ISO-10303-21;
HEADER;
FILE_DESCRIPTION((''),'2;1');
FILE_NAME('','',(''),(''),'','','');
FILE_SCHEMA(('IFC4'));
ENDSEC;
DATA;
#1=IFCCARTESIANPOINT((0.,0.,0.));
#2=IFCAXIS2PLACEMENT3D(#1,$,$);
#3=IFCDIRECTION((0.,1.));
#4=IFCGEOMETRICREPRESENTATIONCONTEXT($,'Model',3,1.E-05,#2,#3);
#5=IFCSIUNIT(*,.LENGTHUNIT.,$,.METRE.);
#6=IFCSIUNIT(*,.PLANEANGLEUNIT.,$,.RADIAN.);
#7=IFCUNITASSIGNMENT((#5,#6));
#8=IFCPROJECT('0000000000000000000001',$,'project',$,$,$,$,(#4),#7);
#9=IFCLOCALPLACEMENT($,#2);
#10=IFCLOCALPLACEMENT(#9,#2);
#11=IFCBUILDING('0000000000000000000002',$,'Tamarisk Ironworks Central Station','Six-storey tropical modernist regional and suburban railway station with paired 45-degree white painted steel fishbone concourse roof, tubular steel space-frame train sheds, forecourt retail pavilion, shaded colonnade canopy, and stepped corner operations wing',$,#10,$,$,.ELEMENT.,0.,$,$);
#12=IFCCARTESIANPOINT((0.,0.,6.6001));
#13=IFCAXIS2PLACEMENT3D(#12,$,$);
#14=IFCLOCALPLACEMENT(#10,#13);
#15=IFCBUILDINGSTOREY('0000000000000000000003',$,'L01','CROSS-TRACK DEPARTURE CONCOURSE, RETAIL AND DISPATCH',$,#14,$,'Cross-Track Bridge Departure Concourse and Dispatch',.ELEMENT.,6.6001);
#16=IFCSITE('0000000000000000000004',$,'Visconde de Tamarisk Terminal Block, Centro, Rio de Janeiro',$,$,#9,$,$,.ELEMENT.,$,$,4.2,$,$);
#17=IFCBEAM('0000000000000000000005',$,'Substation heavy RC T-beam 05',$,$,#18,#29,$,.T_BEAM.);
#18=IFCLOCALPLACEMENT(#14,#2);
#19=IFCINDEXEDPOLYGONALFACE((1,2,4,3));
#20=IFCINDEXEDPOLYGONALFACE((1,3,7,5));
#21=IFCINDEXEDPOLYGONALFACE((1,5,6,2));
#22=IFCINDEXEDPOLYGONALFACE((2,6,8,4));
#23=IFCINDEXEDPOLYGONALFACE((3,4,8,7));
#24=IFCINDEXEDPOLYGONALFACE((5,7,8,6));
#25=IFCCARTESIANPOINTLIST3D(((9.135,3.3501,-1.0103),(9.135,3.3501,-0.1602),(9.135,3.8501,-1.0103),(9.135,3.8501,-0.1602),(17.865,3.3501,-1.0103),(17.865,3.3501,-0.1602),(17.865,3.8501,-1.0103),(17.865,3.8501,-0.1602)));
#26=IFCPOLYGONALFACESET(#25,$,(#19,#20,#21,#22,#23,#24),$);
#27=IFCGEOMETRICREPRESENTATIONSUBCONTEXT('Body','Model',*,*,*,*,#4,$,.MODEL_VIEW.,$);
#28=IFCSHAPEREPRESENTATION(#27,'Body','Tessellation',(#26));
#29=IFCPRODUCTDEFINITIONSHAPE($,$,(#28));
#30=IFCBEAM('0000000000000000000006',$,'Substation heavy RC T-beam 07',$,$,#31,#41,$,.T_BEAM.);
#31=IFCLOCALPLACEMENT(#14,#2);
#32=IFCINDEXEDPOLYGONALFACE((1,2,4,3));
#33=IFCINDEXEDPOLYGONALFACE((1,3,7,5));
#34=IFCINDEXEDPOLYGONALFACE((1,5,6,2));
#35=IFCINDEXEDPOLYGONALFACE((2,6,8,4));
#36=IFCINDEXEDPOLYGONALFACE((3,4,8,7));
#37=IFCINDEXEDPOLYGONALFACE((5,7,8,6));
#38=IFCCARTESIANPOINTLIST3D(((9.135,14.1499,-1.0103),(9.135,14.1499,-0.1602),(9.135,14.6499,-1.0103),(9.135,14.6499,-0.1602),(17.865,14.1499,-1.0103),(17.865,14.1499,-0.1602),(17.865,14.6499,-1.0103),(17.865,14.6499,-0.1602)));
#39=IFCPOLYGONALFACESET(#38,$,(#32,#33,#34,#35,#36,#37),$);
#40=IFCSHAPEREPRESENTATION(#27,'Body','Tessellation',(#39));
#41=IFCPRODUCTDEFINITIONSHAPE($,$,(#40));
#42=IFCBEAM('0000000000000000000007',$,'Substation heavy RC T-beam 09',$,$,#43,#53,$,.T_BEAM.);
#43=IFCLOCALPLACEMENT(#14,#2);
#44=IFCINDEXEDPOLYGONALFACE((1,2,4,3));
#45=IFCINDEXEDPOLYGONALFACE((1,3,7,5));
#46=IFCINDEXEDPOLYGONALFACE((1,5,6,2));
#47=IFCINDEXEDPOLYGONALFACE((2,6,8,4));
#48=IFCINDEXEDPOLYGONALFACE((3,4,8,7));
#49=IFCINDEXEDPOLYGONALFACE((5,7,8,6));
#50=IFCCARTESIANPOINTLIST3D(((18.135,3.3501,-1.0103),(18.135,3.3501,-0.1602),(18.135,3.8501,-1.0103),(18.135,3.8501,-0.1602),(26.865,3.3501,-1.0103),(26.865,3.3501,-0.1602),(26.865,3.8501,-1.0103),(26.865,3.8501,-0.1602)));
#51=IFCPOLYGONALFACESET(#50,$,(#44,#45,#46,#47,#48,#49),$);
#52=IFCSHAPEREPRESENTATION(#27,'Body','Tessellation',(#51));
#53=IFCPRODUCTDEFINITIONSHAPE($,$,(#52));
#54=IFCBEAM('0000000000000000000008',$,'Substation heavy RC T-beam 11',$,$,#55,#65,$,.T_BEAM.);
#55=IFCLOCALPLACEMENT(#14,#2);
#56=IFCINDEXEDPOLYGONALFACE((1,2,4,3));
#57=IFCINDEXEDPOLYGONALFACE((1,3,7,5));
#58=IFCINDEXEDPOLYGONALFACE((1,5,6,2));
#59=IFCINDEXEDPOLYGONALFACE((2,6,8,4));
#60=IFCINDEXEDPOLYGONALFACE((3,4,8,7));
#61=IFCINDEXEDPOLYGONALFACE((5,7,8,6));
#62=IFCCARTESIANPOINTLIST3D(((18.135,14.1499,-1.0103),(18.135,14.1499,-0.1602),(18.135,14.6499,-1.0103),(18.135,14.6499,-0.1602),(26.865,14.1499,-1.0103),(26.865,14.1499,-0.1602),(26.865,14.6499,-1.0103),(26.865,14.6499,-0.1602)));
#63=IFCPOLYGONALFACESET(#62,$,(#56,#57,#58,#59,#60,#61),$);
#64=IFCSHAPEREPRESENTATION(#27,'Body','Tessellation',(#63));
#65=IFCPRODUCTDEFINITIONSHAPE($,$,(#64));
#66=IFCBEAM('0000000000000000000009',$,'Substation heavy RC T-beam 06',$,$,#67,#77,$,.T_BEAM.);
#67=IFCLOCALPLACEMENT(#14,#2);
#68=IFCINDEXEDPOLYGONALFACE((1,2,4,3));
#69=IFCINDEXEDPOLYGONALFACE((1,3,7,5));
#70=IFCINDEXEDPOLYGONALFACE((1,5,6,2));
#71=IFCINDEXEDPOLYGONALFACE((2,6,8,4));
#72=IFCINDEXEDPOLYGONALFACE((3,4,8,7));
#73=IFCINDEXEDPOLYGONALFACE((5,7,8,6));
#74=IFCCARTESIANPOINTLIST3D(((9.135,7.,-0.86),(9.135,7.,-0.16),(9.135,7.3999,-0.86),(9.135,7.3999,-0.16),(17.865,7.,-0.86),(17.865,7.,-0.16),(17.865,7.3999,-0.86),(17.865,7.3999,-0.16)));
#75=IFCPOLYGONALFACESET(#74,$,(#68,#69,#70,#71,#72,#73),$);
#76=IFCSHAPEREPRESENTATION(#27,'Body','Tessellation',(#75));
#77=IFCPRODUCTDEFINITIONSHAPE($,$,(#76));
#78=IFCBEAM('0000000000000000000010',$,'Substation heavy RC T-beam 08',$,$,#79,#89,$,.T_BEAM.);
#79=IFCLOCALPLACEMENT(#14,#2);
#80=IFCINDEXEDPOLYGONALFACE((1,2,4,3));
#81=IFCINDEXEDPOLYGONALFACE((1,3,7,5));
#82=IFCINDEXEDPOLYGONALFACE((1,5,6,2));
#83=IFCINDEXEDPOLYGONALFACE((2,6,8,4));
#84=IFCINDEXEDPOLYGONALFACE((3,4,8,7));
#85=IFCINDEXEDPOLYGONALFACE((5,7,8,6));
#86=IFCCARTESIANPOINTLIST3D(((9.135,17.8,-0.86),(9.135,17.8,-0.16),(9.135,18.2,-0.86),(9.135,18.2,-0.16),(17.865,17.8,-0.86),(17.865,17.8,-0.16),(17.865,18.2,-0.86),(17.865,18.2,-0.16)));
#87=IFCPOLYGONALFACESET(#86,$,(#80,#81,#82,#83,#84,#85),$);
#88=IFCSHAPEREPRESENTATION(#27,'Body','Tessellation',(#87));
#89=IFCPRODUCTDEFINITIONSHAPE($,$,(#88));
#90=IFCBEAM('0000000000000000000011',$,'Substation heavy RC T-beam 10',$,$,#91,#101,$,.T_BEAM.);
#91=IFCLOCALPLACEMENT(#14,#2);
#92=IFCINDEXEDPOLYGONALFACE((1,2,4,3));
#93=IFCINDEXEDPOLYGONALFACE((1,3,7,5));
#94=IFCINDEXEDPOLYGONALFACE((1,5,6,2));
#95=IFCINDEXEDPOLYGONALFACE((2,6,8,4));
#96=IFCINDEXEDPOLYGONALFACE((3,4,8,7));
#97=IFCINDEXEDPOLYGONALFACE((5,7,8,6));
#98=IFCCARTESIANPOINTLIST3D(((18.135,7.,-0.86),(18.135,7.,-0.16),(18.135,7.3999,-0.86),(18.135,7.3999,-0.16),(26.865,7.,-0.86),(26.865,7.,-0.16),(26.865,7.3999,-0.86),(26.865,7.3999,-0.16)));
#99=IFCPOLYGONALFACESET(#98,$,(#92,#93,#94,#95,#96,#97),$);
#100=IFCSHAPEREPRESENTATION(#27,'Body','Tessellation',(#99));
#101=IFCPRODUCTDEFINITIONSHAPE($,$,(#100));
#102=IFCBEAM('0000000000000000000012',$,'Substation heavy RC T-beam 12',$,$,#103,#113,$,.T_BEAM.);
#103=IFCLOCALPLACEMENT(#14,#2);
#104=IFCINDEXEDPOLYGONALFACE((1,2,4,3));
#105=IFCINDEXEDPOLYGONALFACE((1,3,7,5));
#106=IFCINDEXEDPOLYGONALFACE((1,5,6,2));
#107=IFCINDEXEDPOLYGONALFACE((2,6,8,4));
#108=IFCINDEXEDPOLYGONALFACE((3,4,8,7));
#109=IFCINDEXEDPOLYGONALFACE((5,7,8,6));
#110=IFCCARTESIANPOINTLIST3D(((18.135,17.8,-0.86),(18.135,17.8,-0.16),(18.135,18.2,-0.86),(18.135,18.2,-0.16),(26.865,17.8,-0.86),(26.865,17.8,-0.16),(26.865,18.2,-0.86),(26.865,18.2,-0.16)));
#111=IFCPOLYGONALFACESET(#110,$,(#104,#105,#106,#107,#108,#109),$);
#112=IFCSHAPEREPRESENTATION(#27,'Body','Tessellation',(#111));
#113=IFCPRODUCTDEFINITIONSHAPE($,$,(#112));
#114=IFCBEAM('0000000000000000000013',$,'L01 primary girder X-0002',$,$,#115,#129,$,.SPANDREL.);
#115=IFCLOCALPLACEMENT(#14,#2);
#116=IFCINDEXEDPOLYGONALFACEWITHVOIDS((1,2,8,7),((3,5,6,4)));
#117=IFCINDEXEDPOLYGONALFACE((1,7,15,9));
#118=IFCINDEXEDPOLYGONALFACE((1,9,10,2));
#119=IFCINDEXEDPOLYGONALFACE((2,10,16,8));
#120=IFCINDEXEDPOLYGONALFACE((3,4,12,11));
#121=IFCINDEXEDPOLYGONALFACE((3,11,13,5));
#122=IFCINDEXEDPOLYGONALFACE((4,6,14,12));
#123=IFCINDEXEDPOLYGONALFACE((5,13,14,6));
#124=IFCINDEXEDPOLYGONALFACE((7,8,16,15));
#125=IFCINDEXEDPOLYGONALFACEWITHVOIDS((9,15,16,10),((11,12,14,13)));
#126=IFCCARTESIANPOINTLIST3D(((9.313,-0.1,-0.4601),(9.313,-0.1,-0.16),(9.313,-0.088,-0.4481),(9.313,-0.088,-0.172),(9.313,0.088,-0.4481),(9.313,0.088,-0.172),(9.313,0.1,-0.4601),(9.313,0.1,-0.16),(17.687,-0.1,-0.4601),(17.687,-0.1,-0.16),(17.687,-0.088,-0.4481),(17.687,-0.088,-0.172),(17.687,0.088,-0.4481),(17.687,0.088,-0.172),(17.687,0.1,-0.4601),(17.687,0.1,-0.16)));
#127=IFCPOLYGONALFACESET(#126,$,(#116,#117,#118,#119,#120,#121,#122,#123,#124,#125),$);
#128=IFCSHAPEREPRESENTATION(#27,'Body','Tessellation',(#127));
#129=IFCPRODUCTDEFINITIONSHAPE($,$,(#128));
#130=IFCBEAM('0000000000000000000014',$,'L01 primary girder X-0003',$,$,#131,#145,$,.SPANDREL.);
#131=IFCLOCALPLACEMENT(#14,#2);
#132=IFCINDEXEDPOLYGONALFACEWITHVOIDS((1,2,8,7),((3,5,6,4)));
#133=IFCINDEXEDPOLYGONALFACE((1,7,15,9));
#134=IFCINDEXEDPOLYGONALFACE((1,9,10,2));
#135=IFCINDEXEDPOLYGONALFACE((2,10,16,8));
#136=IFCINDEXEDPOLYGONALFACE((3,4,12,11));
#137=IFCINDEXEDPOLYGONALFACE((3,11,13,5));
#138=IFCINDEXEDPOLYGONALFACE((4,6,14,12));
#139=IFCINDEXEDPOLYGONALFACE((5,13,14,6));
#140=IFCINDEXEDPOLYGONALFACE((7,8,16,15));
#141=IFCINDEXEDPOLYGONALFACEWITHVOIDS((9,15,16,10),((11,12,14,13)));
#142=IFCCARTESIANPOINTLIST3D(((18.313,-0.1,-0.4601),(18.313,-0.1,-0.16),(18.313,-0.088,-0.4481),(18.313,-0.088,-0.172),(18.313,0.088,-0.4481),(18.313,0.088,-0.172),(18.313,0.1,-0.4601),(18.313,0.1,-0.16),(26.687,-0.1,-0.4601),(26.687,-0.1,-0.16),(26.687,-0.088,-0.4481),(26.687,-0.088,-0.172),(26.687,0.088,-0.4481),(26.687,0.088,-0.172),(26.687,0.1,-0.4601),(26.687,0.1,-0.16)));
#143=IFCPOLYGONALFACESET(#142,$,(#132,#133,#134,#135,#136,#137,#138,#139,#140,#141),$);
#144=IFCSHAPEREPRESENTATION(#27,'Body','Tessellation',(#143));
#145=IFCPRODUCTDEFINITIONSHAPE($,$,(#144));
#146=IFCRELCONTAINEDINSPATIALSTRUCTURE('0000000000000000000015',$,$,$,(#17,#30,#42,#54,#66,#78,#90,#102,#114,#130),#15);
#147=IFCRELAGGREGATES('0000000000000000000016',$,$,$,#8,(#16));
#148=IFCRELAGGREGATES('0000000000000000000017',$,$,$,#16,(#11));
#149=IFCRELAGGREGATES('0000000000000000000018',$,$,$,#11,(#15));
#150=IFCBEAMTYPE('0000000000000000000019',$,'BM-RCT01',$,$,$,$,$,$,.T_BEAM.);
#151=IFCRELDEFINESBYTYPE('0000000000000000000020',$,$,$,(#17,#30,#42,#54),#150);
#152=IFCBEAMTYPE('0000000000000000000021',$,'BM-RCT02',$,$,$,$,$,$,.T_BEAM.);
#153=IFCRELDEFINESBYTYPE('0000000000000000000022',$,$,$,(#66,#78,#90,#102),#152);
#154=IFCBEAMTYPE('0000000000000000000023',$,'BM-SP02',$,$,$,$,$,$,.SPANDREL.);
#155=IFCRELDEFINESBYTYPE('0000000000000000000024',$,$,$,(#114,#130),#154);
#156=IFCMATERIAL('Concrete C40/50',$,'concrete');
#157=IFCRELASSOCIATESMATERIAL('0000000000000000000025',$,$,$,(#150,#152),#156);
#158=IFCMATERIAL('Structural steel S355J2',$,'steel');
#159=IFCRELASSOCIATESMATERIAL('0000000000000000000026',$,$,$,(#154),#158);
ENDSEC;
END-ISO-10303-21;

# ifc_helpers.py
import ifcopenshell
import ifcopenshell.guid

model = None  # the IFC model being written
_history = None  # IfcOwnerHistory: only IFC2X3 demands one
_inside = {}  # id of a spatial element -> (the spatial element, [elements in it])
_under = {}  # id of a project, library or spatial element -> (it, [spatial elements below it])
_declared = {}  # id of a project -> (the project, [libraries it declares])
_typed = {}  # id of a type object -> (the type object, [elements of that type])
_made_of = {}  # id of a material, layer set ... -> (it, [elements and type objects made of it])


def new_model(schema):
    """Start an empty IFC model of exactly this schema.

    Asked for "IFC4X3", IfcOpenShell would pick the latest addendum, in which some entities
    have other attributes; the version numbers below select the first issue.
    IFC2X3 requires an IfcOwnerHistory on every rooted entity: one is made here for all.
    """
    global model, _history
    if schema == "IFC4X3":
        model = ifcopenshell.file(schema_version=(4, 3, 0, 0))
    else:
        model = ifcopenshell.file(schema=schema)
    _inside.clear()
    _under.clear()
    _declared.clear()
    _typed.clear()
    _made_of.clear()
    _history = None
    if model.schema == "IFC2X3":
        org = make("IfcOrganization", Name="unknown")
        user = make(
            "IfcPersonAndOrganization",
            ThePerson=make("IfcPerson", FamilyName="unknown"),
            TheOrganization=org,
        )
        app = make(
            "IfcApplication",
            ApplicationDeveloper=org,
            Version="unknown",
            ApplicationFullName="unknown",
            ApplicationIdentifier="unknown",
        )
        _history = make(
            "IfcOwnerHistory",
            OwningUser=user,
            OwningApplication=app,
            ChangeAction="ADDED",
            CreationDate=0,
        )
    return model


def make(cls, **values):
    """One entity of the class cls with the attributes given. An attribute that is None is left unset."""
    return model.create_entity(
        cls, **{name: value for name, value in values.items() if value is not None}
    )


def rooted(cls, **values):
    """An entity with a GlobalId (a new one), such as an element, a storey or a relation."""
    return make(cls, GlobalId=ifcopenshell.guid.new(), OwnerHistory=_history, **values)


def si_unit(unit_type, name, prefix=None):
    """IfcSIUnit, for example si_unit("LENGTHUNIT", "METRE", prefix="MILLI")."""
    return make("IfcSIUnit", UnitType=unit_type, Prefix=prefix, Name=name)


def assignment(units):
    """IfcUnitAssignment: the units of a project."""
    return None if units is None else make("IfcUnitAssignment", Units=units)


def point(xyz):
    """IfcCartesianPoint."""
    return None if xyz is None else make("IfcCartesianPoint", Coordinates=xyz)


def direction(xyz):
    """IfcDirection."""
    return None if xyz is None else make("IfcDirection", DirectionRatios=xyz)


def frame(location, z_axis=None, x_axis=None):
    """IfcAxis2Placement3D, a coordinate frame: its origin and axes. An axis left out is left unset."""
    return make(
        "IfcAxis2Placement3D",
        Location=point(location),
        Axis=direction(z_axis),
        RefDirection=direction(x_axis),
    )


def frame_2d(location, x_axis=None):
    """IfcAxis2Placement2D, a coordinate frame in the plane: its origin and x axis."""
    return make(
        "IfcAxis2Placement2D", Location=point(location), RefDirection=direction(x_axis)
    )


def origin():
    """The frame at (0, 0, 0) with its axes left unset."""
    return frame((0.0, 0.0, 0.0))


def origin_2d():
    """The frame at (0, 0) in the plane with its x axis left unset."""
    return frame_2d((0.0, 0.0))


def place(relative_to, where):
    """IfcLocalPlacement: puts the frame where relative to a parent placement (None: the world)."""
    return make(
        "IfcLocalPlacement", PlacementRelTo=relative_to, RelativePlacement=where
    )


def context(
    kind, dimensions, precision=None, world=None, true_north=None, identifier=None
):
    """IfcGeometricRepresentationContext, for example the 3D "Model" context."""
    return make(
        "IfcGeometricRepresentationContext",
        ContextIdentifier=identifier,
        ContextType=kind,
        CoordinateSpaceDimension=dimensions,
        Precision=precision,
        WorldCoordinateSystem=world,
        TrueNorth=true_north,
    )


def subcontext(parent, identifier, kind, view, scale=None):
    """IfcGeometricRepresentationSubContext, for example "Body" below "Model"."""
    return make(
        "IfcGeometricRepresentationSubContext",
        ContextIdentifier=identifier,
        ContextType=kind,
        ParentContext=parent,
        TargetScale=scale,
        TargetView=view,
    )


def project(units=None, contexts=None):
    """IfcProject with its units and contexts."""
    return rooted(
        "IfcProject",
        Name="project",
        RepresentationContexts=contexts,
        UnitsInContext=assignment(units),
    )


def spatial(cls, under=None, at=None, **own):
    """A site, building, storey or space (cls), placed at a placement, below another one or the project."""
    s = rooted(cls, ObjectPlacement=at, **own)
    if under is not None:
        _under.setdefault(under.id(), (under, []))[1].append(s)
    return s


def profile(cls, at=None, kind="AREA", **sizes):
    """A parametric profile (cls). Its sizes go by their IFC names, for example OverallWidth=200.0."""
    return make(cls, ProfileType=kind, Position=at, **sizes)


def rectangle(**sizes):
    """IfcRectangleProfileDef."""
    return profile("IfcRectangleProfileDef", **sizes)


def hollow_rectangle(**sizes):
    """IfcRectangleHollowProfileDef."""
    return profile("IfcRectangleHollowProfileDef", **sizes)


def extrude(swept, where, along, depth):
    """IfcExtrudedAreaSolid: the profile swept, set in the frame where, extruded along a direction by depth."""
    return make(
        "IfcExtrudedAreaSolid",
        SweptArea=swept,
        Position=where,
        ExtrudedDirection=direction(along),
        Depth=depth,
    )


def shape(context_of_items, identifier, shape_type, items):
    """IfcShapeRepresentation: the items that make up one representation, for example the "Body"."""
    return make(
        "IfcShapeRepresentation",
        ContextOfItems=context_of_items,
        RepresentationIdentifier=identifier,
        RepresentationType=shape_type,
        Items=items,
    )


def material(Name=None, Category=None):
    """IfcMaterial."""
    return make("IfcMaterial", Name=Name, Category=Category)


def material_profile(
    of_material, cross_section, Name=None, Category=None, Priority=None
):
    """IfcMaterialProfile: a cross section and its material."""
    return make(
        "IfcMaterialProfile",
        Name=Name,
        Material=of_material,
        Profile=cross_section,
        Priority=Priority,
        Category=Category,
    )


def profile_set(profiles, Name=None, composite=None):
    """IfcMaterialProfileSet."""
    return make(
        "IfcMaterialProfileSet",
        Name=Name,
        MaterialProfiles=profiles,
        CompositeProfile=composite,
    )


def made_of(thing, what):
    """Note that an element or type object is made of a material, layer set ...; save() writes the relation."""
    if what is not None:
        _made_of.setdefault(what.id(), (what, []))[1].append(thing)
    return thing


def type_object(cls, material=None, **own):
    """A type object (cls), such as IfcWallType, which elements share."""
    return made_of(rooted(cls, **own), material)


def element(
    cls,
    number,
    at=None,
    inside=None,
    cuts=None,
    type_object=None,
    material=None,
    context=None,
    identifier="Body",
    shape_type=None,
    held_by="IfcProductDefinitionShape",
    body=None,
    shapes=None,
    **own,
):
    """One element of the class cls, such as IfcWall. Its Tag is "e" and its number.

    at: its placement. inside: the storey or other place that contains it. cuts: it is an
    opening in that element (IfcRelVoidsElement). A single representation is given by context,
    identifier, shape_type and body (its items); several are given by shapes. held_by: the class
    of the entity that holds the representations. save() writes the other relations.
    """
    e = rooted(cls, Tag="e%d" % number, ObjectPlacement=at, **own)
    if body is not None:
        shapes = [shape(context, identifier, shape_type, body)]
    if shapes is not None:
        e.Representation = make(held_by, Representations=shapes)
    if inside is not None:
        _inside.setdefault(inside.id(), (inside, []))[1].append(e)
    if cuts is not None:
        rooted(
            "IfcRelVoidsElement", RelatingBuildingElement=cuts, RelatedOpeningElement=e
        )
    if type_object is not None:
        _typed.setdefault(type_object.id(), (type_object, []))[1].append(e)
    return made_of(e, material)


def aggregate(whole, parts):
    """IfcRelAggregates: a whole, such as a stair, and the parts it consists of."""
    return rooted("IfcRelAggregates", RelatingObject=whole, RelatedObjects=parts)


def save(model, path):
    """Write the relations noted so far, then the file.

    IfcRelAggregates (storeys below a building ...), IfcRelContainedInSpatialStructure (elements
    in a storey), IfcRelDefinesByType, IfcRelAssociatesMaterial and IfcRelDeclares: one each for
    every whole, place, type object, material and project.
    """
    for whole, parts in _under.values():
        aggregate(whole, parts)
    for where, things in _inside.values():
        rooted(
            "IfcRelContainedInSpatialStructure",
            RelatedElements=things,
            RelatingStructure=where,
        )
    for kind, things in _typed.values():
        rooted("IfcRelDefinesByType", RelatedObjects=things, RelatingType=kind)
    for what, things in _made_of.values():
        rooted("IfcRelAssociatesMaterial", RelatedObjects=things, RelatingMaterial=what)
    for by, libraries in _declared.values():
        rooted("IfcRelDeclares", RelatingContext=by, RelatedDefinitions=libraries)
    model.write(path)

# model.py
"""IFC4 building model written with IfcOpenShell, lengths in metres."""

from ifc_helpers import new_model, si_unit, direction, frame, origin, origin_2d, place, context, subcontext, project, spatial, rectangle, hollow_rectangle, extrude, material, material_profile, profile_set, type_object, element, save


model = new_model("IFC4")

# Units and contexts
model_context = context("Model", 3, precision=1e-05, world=origin(), true_north=direction((0.0, 1.0)))
body_context = subcontext(model_context, "Body", "Model", "MODEL_VIEW")
ifc_project = project(units=[si_unit("LENGTHUNIT", "METRE"), si_unit("PLANEANGLEUNIT", "RADIAN")], contexts=[model_context])

# Site, building, storey
site_placement = place(None, origin())
site = spatial("IfcSite", under=ifc_project, at=site_placement, Name="Visconde de Tamarisk Terminal Block, Centro, Rio de Janeiro", CompositionType="ELEMENT", RefElevation=4.2)
building_placement = place(site_placement, origin())
building = spatial("IfcBuilding", under=site, at=building_placement, Name="Tamarisk Ironworks Central Station", Description="Six-storey tropical modernist regional and suburban railway station with paired 45-degree white painted steel fishbone concourse roof, tubular steel space-frame train sheds, forecourt retail pavilion, shaded colonnade canopy, and stepped corner operations wing", CompositionType="ELEMENT", ElevationOfRefHeight=0.0)
storey_placement = place(building_placement, frame((0.0, 0.0, 6.6001)))
storey = spatial("IfcBuildingStorey", under=building, at=storey_placement, Name="L01", Description="CROSS-TRACK DEPARTURE CONCOURSE, RETAIL AND DISPATCH", LongName="Cross-Track Bridge Departure Concourse and Dispatch", CompositionType="ELEMENT", Elevation=6.6001)

# Beams
ifc_material_1 = material(Name="Structural steel S355J2", Category="steel")
ifc_material_2 = material(Name="Concrete C40/50", Category="concrete")
ifc_material_profile_1 = material_profile(ifc_material_2, rectangle(XDim=0.5, YDim=0.8501, at=origin_2d()), Name="RC 500x850")
ifc_profile_set_1 = profile_set([ifc_material_profile_1], Name="Concrete C40/50")
beam_type_1 = type_object("IfcBeamType", Name="BM-RCT01", PredefinedType="T_BEAM", material=ifc_profile_set_1)
for number, where, z_axis, x_axis, name in (
    (1, (9.135, 3.6001, -0.5852), (1.0, 0.0, 0.0), (0.0, 1.0, 0.0), "Substation heavy RC T-beam 05"),
    (2, (9.135, 14.3999, -0.5852), (1.0, 0.0, 0.0), (0.0, 1.0, 0.0), "Substation heavy RC T-beam 07"),
    (3, (18.135, 3.6001, -0.5852), (1.0, 0.0, 0.0), (0.0, 1.0, 0.0), "Substation heavy RC T-beam 09"),
    (4, (18.135, 14.3999, -0.5852), (1.0, 0.0, 0.0), (0.0, 1.0, 0.0), "Substation heavy RC T-beam 11"),
):
    element("IfcBeam", number, at=place(storey_placement, frame(where, z_axis=z_axis, x_axis=x_axis)), inside=storey, type_object=beam_type_1, Name=name, PredefinedType="T_BEAM", context=body_context, shape_type="SweptSolid", body=[
        extrude(rectangle(XDim=0.5, YDim=0.8501, at=origin_2d()), origin(), (0.0, 0.0, 1.0), 8.73),
    ])
ifc_material_profile_2 = material_profile(ifc_material_2, rectangle(XDim=0.3999, YDim=0.7, at=origin_2d()), Name="RC 400x700")
ifc_profile_set_2 = profile_set([ifc_material_profile_2], Name="Concrete C40/50")
beam_type_2 = type_object("IfcBeamType", Name="BM-RCT02", PredefinedType="T_BEAM", material=ifc_profile_set_2)
for number, where, z_axis, x_axis, name in (
    (5, (9.135, 7.2, -0.51), (1.0, 0.0, 0.0), (0.0, 1.0, 0.0), "Substation heavy RC T-beam 06"),
    (6, (9.135, 18.0, -0.51), (1.0, 0.0, 0.0), (0.0, 1.0, 0.0), "Substation heavy RC T-beam 08"),
    (7, (18.135, 7.2, -0.51), (1.0, 0.0, 0.0), (0.0, 1.0, 0.0), "Substation heavy RC T-beam 10"),
    (8, (18.135, 18.0, -0.51), (1.0, 0.0, 0.0), (0.0, 1.0, 0.0), "Substation heavy RC T-beam 12"),
):
    element("IfcBeam", number, at=place(storey_placement, frame(where, z_axis=z_axis, x_axis=x_axis)), inside=storey, type_object=beam_type_2, Name=name, PredefinedType="T_BEAM", context=body_context, shape_type="SweptSolid", body=[
        extrude(rectangle(XDim=0.3999, YDim=0.7, at=origin_2d()), origin(), (0.0, 0.0, 1.0), 8.73),
    ])
ifc_material_profile_3 = material_profile(ifc_material_1, hollow_rectangle(XDim=0.2, YDim=0.3, WallThickness=0.012, at=origin_2d()), Name="RHS 300x200x12")
ifc_profile_set_3 = profile_set([ifc_material_profile_3], Name="Structural steel S355J2")
beam_type_3 = type_object("IfcBeamType", Name="BM-SP02", PredefinedType="SPANDREL", material=ifc_profile_set_3)
for number, where, z_axis, x_axis, name in (
    (9, (9.313, 0.0, -0.3101), (1.0, 0.0, 0.0), (0.0, 1.0, 0.0), "L01 primary girder X-0002"),
    (10, (18.313, 0.0, -0.3101), (1.0, 0.0, 0.0), (0.0, 1.0, 0.0), "L01 primary girder X-0003"),
):
    element("IfcBeam", number, at=place(storey_placement, frame(where, z_axis=z_axis, x_axis=x_axis)), inside=storey, type_object=beam_type_3, Name=name, PredefinedType="SPANDREL", context=body_context, shape_type="SweptSolid", body=[
        extrude(hollow_rectangle(XDim=0.2, YDim=0.3, WallThickness=0.012, at=origin_2d()), origin(), (0.0, 0.0, 1.0), 8.374),
    ])

save(model, "model.ifc")
